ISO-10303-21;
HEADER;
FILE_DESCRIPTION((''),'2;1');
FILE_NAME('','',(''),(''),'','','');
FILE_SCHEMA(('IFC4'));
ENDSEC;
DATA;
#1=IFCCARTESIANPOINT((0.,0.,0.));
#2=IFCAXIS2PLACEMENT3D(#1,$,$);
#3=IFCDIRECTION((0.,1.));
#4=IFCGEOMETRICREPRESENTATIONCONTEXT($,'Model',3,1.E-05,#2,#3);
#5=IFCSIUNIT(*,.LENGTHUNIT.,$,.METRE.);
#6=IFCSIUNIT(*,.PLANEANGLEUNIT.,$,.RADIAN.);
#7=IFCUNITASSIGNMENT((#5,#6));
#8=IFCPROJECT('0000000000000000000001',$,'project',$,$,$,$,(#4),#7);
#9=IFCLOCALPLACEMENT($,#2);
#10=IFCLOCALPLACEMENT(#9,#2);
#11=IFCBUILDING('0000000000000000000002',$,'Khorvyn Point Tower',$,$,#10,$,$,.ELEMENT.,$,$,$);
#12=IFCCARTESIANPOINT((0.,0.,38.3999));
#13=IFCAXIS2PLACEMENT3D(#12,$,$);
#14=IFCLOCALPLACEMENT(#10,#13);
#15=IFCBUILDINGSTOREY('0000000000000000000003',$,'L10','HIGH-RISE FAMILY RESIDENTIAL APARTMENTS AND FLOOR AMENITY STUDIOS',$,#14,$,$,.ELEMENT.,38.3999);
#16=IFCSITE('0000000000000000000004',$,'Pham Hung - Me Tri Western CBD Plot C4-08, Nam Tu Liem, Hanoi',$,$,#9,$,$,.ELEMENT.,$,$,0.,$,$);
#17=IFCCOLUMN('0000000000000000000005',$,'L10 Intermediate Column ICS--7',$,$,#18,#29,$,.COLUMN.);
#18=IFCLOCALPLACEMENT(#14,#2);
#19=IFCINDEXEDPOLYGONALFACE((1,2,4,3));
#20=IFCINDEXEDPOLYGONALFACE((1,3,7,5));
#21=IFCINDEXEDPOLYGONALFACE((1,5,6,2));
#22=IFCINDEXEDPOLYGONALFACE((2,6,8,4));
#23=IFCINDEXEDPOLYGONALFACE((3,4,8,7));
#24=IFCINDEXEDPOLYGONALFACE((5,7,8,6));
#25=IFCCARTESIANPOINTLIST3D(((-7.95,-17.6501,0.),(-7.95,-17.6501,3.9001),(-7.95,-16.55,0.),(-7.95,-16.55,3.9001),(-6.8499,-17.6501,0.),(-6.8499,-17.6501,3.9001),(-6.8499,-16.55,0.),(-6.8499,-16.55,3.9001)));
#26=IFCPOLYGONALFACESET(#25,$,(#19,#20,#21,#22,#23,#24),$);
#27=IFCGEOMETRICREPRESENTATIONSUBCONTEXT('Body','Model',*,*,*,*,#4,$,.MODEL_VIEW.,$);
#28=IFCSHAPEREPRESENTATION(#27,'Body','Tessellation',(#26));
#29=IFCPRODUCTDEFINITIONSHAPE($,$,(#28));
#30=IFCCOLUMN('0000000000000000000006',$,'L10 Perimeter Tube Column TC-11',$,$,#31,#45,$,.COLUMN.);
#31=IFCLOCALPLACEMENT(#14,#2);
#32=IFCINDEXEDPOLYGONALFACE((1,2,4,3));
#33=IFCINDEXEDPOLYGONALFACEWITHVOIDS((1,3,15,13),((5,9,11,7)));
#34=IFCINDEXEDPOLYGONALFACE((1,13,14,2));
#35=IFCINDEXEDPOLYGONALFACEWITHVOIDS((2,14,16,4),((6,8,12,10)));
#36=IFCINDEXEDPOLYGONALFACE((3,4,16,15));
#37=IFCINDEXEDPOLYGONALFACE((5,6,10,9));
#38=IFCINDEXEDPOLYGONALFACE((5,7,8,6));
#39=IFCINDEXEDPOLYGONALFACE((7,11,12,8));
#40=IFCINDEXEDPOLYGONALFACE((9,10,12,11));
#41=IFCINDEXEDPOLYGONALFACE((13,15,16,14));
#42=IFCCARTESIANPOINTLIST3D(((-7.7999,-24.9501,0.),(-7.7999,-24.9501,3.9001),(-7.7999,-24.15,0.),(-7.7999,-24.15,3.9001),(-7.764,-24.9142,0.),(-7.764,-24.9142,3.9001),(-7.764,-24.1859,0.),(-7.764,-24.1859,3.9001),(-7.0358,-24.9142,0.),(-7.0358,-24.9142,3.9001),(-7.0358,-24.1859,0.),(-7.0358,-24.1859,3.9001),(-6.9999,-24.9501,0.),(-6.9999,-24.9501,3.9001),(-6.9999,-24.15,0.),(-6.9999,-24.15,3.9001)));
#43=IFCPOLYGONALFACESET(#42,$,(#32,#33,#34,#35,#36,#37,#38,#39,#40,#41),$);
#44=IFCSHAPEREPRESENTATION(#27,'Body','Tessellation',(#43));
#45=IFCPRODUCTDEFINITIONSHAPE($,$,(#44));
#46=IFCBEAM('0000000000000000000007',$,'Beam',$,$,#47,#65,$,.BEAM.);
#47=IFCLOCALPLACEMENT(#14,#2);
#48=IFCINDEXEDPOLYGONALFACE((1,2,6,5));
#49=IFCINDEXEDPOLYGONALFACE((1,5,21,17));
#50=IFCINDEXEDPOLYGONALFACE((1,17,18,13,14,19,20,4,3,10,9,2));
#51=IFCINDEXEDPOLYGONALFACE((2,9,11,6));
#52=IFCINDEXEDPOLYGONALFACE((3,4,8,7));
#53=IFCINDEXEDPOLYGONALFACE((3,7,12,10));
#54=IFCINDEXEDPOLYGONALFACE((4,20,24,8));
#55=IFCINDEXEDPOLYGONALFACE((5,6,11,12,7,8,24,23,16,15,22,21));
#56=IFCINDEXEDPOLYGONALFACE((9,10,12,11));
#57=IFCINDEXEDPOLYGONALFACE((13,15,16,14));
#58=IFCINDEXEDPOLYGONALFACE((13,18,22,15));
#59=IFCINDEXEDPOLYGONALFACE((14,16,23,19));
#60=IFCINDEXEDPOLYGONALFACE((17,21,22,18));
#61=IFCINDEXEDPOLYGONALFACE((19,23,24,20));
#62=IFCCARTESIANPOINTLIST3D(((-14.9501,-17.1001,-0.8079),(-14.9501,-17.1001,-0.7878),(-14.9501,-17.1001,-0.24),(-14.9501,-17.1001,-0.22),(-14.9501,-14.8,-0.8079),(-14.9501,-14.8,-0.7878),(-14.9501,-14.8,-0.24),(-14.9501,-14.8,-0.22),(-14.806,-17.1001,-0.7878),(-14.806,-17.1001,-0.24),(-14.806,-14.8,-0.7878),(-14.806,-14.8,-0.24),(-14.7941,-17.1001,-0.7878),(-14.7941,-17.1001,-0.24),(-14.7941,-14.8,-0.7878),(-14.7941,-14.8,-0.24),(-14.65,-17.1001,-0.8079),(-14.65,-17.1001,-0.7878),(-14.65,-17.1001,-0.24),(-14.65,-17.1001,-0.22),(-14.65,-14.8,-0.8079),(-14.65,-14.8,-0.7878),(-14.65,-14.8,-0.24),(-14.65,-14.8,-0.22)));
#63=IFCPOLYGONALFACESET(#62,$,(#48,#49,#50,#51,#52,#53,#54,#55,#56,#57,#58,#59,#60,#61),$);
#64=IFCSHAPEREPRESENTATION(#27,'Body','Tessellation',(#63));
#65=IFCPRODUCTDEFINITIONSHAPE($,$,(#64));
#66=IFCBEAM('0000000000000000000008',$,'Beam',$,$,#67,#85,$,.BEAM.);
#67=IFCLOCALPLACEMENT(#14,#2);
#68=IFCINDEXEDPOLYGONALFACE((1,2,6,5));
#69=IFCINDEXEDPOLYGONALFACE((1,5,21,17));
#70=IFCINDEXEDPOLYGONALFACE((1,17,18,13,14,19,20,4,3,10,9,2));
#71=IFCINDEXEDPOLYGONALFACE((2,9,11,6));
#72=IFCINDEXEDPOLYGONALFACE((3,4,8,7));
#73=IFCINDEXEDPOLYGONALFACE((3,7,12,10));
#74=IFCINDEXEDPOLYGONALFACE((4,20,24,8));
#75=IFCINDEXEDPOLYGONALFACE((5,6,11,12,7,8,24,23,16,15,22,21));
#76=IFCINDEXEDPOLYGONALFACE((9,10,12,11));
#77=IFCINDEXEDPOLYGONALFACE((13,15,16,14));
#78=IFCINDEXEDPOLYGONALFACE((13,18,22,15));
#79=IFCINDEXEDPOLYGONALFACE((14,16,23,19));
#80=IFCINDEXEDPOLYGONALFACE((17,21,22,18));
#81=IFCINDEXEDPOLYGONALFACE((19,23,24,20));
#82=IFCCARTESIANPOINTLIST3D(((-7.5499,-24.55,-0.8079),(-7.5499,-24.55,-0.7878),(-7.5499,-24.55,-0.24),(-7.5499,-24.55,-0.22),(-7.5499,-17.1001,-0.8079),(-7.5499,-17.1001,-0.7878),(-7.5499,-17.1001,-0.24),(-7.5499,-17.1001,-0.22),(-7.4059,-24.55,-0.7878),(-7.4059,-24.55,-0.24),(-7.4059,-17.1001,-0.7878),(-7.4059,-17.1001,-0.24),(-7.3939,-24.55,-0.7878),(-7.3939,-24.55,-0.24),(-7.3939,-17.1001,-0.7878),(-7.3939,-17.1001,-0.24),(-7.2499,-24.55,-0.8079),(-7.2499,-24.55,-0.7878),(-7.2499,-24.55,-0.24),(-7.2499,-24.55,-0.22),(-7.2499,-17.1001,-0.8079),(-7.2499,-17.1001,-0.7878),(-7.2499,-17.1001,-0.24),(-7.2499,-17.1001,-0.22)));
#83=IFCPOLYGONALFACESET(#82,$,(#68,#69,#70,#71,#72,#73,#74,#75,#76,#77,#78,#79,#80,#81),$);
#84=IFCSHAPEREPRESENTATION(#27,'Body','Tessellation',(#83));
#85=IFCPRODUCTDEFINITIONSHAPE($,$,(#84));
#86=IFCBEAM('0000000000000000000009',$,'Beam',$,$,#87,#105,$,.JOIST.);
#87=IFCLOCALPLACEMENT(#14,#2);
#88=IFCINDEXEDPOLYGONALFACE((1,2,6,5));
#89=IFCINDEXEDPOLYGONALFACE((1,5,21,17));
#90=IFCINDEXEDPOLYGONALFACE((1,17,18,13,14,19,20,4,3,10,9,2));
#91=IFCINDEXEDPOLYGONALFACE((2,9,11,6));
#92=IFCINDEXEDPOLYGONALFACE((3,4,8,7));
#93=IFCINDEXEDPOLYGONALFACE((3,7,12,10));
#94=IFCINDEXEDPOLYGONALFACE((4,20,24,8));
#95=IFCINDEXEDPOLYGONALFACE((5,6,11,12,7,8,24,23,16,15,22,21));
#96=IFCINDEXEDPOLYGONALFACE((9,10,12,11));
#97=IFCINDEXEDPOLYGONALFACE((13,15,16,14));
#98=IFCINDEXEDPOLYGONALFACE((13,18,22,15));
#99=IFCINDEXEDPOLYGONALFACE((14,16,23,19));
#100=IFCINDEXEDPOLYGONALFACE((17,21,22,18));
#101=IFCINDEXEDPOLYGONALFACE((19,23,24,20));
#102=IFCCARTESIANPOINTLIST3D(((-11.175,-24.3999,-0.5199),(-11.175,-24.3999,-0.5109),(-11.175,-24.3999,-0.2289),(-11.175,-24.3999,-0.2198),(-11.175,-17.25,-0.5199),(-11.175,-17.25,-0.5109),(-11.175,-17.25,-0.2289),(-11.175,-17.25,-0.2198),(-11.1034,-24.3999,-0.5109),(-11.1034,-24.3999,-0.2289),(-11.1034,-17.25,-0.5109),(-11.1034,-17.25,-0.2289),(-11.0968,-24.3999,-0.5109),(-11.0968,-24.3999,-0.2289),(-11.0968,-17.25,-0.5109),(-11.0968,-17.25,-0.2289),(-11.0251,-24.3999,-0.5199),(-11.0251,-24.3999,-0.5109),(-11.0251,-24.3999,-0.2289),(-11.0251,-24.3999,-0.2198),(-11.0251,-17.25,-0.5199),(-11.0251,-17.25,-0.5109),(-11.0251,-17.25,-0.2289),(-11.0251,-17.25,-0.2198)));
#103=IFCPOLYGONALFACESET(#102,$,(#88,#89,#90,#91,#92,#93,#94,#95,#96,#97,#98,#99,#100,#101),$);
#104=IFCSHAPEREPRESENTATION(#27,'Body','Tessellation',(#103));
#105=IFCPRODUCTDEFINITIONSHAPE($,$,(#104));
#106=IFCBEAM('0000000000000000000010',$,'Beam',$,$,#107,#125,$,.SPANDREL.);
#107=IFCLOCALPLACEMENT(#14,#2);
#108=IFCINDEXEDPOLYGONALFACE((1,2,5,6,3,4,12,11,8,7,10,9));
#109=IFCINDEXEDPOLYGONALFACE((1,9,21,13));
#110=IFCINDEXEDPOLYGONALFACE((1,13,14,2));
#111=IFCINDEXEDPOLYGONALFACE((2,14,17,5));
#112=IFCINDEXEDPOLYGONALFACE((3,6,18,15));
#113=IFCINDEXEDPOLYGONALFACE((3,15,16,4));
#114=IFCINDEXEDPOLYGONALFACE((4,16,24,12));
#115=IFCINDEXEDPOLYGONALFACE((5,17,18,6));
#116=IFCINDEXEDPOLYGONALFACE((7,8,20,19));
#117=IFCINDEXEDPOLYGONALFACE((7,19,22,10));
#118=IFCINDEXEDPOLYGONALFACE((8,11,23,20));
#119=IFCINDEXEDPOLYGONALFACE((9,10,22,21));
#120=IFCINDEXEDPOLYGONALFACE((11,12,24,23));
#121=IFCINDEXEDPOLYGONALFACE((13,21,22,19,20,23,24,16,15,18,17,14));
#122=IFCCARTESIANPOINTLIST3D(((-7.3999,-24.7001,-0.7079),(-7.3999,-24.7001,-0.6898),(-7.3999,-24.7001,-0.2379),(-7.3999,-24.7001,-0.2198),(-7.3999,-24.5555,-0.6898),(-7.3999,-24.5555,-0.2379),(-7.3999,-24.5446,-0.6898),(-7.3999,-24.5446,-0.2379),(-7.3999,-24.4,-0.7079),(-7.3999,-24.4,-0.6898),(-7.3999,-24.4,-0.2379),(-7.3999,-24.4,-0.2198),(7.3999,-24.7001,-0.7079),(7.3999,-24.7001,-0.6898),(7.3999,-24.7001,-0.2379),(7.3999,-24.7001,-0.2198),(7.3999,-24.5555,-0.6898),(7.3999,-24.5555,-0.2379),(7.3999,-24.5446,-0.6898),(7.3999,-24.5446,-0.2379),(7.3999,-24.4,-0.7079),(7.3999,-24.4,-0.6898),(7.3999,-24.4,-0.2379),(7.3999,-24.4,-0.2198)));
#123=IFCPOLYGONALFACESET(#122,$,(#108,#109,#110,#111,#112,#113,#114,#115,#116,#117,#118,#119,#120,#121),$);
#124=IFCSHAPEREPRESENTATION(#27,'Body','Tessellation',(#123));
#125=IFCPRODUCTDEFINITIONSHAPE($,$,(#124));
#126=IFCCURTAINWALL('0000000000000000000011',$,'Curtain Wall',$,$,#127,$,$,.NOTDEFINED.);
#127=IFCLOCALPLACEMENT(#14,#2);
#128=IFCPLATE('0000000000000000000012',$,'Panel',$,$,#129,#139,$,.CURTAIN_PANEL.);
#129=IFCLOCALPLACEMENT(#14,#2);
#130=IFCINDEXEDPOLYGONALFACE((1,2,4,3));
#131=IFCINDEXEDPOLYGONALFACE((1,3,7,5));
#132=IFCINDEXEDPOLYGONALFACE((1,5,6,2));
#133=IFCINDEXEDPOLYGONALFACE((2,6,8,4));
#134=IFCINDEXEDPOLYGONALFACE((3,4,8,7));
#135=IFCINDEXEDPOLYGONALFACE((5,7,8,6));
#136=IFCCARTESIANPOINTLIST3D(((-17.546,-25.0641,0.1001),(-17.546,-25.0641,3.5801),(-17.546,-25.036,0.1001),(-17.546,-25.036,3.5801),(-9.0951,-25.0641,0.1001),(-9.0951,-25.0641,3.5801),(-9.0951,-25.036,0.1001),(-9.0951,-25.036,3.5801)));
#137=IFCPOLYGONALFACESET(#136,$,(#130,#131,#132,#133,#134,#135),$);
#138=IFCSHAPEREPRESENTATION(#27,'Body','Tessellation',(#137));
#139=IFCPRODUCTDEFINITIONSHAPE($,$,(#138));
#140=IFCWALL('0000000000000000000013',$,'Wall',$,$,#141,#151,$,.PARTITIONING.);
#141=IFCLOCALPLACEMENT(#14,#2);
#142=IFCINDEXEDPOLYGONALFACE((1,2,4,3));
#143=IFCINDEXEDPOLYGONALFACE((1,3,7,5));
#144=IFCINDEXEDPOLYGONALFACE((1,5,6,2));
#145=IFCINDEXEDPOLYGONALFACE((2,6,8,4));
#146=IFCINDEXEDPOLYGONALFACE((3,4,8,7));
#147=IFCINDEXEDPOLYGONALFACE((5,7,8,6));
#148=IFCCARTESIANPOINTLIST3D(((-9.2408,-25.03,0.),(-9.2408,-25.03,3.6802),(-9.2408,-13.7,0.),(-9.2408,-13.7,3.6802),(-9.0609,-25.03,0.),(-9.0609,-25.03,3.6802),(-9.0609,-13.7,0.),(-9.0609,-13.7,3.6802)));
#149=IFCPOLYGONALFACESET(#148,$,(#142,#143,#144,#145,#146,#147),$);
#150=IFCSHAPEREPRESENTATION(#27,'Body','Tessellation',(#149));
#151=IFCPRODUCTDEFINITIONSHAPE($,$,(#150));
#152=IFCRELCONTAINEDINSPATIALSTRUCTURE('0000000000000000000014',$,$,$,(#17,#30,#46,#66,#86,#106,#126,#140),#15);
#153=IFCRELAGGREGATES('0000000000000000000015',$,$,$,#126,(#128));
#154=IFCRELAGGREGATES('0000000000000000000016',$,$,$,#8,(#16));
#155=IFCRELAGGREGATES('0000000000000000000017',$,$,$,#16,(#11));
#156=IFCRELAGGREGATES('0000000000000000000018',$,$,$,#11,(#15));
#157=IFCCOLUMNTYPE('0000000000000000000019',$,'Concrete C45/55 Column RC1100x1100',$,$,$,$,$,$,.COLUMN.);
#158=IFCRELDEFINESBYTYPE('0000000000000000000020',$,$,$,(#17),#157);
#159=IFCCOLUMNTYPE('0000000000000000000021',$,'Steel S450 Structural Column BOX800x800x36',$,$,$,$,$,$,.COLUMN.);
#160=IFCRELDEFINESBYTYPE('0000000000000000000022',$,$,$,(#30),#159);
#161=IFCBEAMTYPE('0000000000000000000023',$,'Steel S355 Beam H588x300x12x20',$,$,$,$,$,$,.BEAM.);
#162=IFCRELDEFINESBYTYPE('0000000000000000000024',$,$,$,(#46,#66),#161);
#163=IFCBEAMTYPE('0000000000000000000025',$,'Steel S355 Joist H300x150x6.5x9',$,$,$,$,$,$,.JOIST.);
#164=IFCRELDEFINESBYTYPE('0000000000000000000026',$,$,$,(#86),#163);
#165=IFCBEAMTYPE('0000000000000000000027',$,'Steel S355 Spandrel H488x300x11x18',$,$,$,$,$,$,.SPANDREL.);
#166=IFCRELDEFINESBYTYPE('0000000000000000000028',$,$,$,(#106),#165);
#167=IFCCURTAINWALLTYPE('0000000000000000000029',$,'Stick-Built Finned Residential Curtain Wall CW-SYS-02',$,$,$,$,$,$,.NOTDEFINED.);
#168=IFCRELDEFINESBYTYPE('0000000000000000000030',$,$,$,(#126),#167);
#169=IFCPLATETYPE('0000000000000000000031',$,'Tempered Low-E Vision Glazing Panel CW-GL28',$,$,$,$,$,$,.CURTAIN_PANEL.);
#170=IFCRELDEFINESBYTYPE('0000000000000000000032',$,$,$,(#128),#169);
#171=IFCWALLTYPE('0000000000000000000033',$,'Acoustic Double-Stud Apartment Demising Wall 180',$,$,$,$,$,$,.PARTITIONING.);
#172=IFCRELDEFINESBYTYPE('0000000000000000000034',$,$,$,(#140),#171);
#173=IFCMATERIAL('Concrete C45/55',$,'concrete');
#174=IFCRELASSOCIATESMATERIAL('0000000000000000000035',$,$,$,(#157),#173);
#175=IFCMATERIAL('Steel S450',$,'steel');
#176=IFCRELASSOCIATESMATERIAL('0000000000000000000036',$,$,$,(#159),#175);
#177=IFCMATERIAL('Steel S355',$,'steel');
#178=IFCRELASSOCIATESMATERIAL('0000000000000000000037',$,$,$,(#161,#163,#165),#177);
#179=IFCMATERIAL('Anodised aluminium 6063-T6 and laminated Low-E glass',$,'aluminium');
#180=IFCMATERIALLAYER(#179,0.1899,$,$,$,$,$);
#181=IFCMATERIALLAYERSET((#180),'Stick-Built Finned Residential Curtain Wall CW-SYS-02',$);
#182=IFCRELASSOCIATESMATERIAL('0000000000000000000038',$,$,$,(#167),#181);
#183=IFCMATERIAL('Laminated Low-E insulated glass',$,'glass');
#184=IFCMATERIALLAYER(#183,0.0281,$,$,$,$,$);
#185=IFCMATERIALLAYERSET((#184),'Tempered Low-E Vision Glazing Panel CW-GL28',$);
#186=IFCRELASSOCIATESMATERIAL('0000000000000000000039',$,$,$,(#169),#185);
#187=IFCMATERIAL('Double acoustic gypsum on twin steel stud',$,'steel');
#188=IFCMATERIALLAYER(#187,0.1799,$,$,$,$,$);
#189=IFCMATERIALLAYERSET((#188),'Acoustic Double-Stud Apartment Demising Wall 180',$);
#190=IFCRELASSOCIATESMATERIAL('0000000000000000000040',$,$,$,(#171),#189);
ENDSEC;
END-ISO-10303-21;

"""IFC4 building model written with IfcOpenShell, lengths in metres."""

from ifc_helpers import new_model, si_unit, direction, frame, frame_2d, origin, origin_2d, place, context, subcontext, project, spatial, rectangle, hollow_rectangle, i_section, extrude, material, layer, layer_set, material_profile, profile_set, type_object, element, aggregate, save


model = new_model("IFC4")

# Units and contexts
model_context = context("Model", 3, precision=1e-05, world=origin(), true_north=direction((0.0, 1.0)))
body_context = subcontext(model_context, "Body", "Model", "MODEL_VIEW")
ifc_project = project(units=[si_unit("LENGTHUNIT", "METRE"), si_unit("PLANEANGLEUNIT", "RADIAN")], contexts=[model_context])

# Site, building, storey
site_placement = place(None, origin())
site = spatial("IfcSite", under=ifc_project, at=site_placement, Name="Pham Hung - Me Tri Western CBD Plot C4-08, Nam Tu Liem, Hanoi", CompositionType="ELEMENT", RefElevation=0.0)
building_placement = place(site_placement, origin())
building = spatial("IfcBuilding", under=site, at=building_placement, Name="Khorvyn Point Tower", CompositionType="ELEMENT")
storey_placement = place(building_placement, frame((0.0, 0.0, 38.3999)))
storey = spatial("IfcBuildingStorey", under=building, at=storey_placement, Name="L10", Description="HIGH-RISE FAMILY RESIDENTIAL APARTMENTS AND FLOOR AMENITY STUDIOS", CompositionType="ELEMENT", Elevation=38.3999)

# Columns
ifc_material_1 = material(Name="Concrete C45/55", Category="concrete")
ifc_material_profile_1 = material_profile(ifc_material_1, rectangle(XDim=1.1001, YDim=1.1001, at=origin_2d()))
ifc_profile_set_1 = profile_set([ifc_material_profile_1], Name="Concrete C45/55 RC1100x1100")
column_type_1 = type_object("IfcColumnType", Name="Concrete C45/55 Column RC1100x1100", PredefinedType="COLUMN", material=ifc_profile_set_1)
column_1_placement = place(storey_placement, frame((-7.3999, -17.1001, 0.0), z_axis=(0.0, 0.0, 1.0), x_axis=(1.0, 0.0, 0.0)))
element("IfcColumn", 1, at=column_1_placement, inside=storey, type_object=column_type_1, Name="L10 Intermediate Column ICS--7", PredefinedType="COLUMN", context=body_context, shape_type="SweptSolid", body=[
    extrude(rectangle(XDim=1.1001, YDim=1.1001, at=origin_2d()), origin(), (0.0, 0.0, 1.0), 3.9001),
])
ifc_material_2 = material(Name="Steel S450", Category="steel")
ifc_material_profile_2 = material_profile(ifc_material_2, hollow_rectangle(XDim=0.8, YDim=0.8, WallThickness=0.0359, at=origin_2d()))
ifc_profile_set_2 = profile_set([ifc_material_profile_2], Name="Steel S450 BOX800x800x36")
column_type_2 = type_object("IfcColumnType", Name="Steel S450 Structural Column BOX800x800x36", PredefinedType="COLUMN", material=ifc_profile_set_2)
column_2_placement = place(storey_placement, frame((-7.3999, -24.55, 0.0), z_axis=(0.0, 0.0, 1.0), x_axis=(1.0, 0.0, 0.0)))
element("IfcColumn", 2, at=column_2_placement, inside=storey, type_object=column_type_2, Name="L10 Perimeter Tube Column TC-11", PredefinedType="COLUMN", context=body_context, shape_type="SweptSolid", body=[
    extrude(hollow_rectangle(XDim=0.8, YDim=0.8, WallThickness=0.0359, at=origin_2d()), origin(), (0.0, 0.0, 1.0), 3.9001),
])

# Beams
ifc_material_3 = material(Name="Steel S355", Category="steel")
ifc_material_profile_3 = material_profile(ifc_material_3, i_section(OverallWidth=0.3, OverallDepth=0.5879, WebThickness=0.012, FlangeThickness=0.02, at=origin_2d()))
ifc_profile_set_3 = profile_set([ifc_material_profile_3], Name="Steel S355 H588x300x12x20")
beam_type_1 = type_object("IfcBeamType", Name="Steel S355 Beam H588x300x12x20", PredefinedType="BEAM", material=ifc_profile_set_3)
beam_1_placement = place(storey_placement, frame((-14.8, -17.1001, -0.5139), z_axis=(0.0, 1.0, 0.0), x_axis=(-1.0, 0.0, 0.0)))
element("IfcBeam", 3, at=beam_1_placement, inside=storey, type_object=beam_type_1, Name="Beam", PredefinedType="BEAM", context=body_context, shape_type="SweptSolid", body=[
    extrude(i_section(OverallWidth=0.3, OverallDepth=0.5879, WebThickness=0.012, FlangeThickness=0.02, at=origin_2d()), origin(), (0.0, 0.0, 1.0), 2.3),
])
beam_2_placement = place(storey_placement, frame((-7.3999, -24.55, -0.5139), z_axis=(0.0, 1.0, 0.0), x_axis=(-1.0, 0.0, 0.0)))
element("IfcBeam", 4, at=beam_2_placement, inside=storey, type_object=beam_type_1, Name="Beam", PredefinedType="BEAM", context=body_context, shape_type="SweptSolid", body=[
    extrude(i_section(OverallWidth=0.3, OverallDepth=0.5879, WebThickness=0.012, FlangeThickness=0.02, at=origin_2d()), origin(), (0.0, 0.0, 1.0), 7.45),
])
ifc_material_profile_4 = material_profile(ifc_material_3, i_section(OverallWidth=0.1499, OverallDepth=0.3, WebThickness=0.0066, FlangeThickness=0.009, at=origin_2d()))
ifc_profile_set_4 = profile_set([ifc_material_profile_4], Name="Steel S355 H300x150x6.5x9")
beam_type_2 = type_object("IfcBeamType", Name="Steel S355 Joist H300x150x6.5x9", PredefinedType="JOIST", material=ifc_profile_set_4)
beam_3_placement = place(storey_placement, frame((-11.1001, -24.3999, -0.3699), z_axis=(0.0, 1.0, 0.0), x_axis=(-1.0, 0.0, 0.0)))
element("IfcBeam", 5, at=beam_3_placement, inside=storey, type_object=beam_type_2, Name="Beam", PredefinedType="JOIST", context=body_context, shape_type="SweptSolid", body=[
    extrude(i_section(OverallWidth=0.1499, OverallDepth=0.3, WebThickness=0.0066, FlangeThickness=0.009, at=origin_2d()), origin(), (0.0, 0.0, 1.0), 7.1499),
])
ifc_material_profile_5 = material_profile(ifc_material_3, i_section(OverallWidth=0.3, OverallDepth=0.488, WebThickness=0.011, FlangeThickness=0.0181, at=origin_2d()))
ifc_profile_set_5 = profile_set([ifc_material_profile_5], Name="Steel S355 H488x300x11x18")
beam_type_3 = type_object("IfcBeamType", Name="Steel S355 Spandrel H488x300x11x18", PredefinedType="SPANDREL", material=ifc_profile_set_5)
beam_4_placement = place(storey_placement, frame((-7.3999, -24.55, -0.4639), z_axis=(1.0, 0.0, 0.0), x_axis=(0.0, 1.0, 0.0)))
element("IfcBeam", 6, at=beam_4_placement, inside=storey, type_object=beam_type_3, Name="Beam", PredefinedType="SPANDREL", context=body_context, shape_type="SweptSolid", body=[
    extrude(i_section(OverallWidth=0.3, OverallDepth=0.488, WebThickness=0.011, FlangeThickness=0.0181, at=origin_2d()), origin(), (0.0, 0.0, 1.0), 14.7998),
])

# Curtain wall, plate
ifc_material_4 = material(Name="Anodised aluminium 6063-T6 and laminated Low-E glass", Category="aluminium")
ifc_layer_1 = layer(ifc_material_4, 0.1899)
ifc_layer_set_1 = layer_set([ifc_layer_1], Name="Stick-Built Finned Residential Curtain Wall CW-SYS-02")
curtain_wall_type = type_object("IfcCurtainWallType", Name="Stick-Built Finned Residential Curtain Wall CW-SYS-02", PredefinedType="NOTDEFINED", material=ifc_layer_set_1)
curtain_wall_placement = place(storey_placement, origin())
curtain_wall = element("IfcCurtainWall", 7, at=curtain_wall_placement, inside=storey, type_object=curtain_wall_type, Name="Curtain Wall", PredefinedType="NOTDEFINED")
ifc_material_5 = material(Name="Laminated Low-E insulated glass", Category="glass")
ifc_layer_2 = layer(ifc_material_5, 0.0281)
ifc_layer_set_2 = layer_set([ifc_layer_2], Name="Tempered Low-E Vision Glazing Panel CW-GL28")
plate_type = type_object("IfcPlateType", Name="Tempered Low-E Vision Glazing Panel CW-GL28", PredefinedType="CURTAIN_PANEL", material=ifc_layer_set_2)
plate_placement = place(storey_placement, frame((-13.3206, -25.05, 0.1001), z_axis=(0.0, 0.0, 1.0), x_axis=(-1.0, 0.0, 0.0)))
plate = element("IfcPlate", 8, at=plate_placement, type_object=plate_type, Name="Panel", PredefinedType="CURTAIN_PANEL", context=body_context, shape_type="SweptSolid", body=[
    extrude(rectangle(XDim=8.4509, YDim=0.0281, at=origin_2d()), origin(), (0.0, 0.0, 1.0), 3.48),
])
aggregate(curtain_wall, [plate])

# Wall
ifc_material_6 = material(Name="Double acoustic gypsum on twin steel stud", Category="steel")
ifc_layer_3 = layer(ifc_material_6, 0.1799)
ifc_layer_set_3 = layer_set([ifc_layer_3], Name="Acoustic Double-Stud Apartment Demising Wall 180")
wall_type_1 = type_object("IfcWallType", Name="Acoustic Double-Stud Apartment Demising Wall 180", PredefinedType="PARTITIONING", material=ifc_layer_set_3)
wall_1_placement = place(storey_placement, frame((-9.1509, -25.03, 0.0), z_axis=(0.0, 0.0, 1.0), x_axis=(0.0, 1.0, 0.0)))
element("IfcWall", 9, at=wall_1_placement, inside=storey, type_object=wall_type_1, Name="Wall", PredefinedType="PARTITIONING", context=body_context, shape_type="SweptSolid", body=[
    extrude(rectangle(XDim=11.3301, YDim=0.1799, at=frame_2d((5.665, 0.0))), origin(), (0.0, 0.0, 1.0), 3.6802),
])

save(model, "model.ifc")
